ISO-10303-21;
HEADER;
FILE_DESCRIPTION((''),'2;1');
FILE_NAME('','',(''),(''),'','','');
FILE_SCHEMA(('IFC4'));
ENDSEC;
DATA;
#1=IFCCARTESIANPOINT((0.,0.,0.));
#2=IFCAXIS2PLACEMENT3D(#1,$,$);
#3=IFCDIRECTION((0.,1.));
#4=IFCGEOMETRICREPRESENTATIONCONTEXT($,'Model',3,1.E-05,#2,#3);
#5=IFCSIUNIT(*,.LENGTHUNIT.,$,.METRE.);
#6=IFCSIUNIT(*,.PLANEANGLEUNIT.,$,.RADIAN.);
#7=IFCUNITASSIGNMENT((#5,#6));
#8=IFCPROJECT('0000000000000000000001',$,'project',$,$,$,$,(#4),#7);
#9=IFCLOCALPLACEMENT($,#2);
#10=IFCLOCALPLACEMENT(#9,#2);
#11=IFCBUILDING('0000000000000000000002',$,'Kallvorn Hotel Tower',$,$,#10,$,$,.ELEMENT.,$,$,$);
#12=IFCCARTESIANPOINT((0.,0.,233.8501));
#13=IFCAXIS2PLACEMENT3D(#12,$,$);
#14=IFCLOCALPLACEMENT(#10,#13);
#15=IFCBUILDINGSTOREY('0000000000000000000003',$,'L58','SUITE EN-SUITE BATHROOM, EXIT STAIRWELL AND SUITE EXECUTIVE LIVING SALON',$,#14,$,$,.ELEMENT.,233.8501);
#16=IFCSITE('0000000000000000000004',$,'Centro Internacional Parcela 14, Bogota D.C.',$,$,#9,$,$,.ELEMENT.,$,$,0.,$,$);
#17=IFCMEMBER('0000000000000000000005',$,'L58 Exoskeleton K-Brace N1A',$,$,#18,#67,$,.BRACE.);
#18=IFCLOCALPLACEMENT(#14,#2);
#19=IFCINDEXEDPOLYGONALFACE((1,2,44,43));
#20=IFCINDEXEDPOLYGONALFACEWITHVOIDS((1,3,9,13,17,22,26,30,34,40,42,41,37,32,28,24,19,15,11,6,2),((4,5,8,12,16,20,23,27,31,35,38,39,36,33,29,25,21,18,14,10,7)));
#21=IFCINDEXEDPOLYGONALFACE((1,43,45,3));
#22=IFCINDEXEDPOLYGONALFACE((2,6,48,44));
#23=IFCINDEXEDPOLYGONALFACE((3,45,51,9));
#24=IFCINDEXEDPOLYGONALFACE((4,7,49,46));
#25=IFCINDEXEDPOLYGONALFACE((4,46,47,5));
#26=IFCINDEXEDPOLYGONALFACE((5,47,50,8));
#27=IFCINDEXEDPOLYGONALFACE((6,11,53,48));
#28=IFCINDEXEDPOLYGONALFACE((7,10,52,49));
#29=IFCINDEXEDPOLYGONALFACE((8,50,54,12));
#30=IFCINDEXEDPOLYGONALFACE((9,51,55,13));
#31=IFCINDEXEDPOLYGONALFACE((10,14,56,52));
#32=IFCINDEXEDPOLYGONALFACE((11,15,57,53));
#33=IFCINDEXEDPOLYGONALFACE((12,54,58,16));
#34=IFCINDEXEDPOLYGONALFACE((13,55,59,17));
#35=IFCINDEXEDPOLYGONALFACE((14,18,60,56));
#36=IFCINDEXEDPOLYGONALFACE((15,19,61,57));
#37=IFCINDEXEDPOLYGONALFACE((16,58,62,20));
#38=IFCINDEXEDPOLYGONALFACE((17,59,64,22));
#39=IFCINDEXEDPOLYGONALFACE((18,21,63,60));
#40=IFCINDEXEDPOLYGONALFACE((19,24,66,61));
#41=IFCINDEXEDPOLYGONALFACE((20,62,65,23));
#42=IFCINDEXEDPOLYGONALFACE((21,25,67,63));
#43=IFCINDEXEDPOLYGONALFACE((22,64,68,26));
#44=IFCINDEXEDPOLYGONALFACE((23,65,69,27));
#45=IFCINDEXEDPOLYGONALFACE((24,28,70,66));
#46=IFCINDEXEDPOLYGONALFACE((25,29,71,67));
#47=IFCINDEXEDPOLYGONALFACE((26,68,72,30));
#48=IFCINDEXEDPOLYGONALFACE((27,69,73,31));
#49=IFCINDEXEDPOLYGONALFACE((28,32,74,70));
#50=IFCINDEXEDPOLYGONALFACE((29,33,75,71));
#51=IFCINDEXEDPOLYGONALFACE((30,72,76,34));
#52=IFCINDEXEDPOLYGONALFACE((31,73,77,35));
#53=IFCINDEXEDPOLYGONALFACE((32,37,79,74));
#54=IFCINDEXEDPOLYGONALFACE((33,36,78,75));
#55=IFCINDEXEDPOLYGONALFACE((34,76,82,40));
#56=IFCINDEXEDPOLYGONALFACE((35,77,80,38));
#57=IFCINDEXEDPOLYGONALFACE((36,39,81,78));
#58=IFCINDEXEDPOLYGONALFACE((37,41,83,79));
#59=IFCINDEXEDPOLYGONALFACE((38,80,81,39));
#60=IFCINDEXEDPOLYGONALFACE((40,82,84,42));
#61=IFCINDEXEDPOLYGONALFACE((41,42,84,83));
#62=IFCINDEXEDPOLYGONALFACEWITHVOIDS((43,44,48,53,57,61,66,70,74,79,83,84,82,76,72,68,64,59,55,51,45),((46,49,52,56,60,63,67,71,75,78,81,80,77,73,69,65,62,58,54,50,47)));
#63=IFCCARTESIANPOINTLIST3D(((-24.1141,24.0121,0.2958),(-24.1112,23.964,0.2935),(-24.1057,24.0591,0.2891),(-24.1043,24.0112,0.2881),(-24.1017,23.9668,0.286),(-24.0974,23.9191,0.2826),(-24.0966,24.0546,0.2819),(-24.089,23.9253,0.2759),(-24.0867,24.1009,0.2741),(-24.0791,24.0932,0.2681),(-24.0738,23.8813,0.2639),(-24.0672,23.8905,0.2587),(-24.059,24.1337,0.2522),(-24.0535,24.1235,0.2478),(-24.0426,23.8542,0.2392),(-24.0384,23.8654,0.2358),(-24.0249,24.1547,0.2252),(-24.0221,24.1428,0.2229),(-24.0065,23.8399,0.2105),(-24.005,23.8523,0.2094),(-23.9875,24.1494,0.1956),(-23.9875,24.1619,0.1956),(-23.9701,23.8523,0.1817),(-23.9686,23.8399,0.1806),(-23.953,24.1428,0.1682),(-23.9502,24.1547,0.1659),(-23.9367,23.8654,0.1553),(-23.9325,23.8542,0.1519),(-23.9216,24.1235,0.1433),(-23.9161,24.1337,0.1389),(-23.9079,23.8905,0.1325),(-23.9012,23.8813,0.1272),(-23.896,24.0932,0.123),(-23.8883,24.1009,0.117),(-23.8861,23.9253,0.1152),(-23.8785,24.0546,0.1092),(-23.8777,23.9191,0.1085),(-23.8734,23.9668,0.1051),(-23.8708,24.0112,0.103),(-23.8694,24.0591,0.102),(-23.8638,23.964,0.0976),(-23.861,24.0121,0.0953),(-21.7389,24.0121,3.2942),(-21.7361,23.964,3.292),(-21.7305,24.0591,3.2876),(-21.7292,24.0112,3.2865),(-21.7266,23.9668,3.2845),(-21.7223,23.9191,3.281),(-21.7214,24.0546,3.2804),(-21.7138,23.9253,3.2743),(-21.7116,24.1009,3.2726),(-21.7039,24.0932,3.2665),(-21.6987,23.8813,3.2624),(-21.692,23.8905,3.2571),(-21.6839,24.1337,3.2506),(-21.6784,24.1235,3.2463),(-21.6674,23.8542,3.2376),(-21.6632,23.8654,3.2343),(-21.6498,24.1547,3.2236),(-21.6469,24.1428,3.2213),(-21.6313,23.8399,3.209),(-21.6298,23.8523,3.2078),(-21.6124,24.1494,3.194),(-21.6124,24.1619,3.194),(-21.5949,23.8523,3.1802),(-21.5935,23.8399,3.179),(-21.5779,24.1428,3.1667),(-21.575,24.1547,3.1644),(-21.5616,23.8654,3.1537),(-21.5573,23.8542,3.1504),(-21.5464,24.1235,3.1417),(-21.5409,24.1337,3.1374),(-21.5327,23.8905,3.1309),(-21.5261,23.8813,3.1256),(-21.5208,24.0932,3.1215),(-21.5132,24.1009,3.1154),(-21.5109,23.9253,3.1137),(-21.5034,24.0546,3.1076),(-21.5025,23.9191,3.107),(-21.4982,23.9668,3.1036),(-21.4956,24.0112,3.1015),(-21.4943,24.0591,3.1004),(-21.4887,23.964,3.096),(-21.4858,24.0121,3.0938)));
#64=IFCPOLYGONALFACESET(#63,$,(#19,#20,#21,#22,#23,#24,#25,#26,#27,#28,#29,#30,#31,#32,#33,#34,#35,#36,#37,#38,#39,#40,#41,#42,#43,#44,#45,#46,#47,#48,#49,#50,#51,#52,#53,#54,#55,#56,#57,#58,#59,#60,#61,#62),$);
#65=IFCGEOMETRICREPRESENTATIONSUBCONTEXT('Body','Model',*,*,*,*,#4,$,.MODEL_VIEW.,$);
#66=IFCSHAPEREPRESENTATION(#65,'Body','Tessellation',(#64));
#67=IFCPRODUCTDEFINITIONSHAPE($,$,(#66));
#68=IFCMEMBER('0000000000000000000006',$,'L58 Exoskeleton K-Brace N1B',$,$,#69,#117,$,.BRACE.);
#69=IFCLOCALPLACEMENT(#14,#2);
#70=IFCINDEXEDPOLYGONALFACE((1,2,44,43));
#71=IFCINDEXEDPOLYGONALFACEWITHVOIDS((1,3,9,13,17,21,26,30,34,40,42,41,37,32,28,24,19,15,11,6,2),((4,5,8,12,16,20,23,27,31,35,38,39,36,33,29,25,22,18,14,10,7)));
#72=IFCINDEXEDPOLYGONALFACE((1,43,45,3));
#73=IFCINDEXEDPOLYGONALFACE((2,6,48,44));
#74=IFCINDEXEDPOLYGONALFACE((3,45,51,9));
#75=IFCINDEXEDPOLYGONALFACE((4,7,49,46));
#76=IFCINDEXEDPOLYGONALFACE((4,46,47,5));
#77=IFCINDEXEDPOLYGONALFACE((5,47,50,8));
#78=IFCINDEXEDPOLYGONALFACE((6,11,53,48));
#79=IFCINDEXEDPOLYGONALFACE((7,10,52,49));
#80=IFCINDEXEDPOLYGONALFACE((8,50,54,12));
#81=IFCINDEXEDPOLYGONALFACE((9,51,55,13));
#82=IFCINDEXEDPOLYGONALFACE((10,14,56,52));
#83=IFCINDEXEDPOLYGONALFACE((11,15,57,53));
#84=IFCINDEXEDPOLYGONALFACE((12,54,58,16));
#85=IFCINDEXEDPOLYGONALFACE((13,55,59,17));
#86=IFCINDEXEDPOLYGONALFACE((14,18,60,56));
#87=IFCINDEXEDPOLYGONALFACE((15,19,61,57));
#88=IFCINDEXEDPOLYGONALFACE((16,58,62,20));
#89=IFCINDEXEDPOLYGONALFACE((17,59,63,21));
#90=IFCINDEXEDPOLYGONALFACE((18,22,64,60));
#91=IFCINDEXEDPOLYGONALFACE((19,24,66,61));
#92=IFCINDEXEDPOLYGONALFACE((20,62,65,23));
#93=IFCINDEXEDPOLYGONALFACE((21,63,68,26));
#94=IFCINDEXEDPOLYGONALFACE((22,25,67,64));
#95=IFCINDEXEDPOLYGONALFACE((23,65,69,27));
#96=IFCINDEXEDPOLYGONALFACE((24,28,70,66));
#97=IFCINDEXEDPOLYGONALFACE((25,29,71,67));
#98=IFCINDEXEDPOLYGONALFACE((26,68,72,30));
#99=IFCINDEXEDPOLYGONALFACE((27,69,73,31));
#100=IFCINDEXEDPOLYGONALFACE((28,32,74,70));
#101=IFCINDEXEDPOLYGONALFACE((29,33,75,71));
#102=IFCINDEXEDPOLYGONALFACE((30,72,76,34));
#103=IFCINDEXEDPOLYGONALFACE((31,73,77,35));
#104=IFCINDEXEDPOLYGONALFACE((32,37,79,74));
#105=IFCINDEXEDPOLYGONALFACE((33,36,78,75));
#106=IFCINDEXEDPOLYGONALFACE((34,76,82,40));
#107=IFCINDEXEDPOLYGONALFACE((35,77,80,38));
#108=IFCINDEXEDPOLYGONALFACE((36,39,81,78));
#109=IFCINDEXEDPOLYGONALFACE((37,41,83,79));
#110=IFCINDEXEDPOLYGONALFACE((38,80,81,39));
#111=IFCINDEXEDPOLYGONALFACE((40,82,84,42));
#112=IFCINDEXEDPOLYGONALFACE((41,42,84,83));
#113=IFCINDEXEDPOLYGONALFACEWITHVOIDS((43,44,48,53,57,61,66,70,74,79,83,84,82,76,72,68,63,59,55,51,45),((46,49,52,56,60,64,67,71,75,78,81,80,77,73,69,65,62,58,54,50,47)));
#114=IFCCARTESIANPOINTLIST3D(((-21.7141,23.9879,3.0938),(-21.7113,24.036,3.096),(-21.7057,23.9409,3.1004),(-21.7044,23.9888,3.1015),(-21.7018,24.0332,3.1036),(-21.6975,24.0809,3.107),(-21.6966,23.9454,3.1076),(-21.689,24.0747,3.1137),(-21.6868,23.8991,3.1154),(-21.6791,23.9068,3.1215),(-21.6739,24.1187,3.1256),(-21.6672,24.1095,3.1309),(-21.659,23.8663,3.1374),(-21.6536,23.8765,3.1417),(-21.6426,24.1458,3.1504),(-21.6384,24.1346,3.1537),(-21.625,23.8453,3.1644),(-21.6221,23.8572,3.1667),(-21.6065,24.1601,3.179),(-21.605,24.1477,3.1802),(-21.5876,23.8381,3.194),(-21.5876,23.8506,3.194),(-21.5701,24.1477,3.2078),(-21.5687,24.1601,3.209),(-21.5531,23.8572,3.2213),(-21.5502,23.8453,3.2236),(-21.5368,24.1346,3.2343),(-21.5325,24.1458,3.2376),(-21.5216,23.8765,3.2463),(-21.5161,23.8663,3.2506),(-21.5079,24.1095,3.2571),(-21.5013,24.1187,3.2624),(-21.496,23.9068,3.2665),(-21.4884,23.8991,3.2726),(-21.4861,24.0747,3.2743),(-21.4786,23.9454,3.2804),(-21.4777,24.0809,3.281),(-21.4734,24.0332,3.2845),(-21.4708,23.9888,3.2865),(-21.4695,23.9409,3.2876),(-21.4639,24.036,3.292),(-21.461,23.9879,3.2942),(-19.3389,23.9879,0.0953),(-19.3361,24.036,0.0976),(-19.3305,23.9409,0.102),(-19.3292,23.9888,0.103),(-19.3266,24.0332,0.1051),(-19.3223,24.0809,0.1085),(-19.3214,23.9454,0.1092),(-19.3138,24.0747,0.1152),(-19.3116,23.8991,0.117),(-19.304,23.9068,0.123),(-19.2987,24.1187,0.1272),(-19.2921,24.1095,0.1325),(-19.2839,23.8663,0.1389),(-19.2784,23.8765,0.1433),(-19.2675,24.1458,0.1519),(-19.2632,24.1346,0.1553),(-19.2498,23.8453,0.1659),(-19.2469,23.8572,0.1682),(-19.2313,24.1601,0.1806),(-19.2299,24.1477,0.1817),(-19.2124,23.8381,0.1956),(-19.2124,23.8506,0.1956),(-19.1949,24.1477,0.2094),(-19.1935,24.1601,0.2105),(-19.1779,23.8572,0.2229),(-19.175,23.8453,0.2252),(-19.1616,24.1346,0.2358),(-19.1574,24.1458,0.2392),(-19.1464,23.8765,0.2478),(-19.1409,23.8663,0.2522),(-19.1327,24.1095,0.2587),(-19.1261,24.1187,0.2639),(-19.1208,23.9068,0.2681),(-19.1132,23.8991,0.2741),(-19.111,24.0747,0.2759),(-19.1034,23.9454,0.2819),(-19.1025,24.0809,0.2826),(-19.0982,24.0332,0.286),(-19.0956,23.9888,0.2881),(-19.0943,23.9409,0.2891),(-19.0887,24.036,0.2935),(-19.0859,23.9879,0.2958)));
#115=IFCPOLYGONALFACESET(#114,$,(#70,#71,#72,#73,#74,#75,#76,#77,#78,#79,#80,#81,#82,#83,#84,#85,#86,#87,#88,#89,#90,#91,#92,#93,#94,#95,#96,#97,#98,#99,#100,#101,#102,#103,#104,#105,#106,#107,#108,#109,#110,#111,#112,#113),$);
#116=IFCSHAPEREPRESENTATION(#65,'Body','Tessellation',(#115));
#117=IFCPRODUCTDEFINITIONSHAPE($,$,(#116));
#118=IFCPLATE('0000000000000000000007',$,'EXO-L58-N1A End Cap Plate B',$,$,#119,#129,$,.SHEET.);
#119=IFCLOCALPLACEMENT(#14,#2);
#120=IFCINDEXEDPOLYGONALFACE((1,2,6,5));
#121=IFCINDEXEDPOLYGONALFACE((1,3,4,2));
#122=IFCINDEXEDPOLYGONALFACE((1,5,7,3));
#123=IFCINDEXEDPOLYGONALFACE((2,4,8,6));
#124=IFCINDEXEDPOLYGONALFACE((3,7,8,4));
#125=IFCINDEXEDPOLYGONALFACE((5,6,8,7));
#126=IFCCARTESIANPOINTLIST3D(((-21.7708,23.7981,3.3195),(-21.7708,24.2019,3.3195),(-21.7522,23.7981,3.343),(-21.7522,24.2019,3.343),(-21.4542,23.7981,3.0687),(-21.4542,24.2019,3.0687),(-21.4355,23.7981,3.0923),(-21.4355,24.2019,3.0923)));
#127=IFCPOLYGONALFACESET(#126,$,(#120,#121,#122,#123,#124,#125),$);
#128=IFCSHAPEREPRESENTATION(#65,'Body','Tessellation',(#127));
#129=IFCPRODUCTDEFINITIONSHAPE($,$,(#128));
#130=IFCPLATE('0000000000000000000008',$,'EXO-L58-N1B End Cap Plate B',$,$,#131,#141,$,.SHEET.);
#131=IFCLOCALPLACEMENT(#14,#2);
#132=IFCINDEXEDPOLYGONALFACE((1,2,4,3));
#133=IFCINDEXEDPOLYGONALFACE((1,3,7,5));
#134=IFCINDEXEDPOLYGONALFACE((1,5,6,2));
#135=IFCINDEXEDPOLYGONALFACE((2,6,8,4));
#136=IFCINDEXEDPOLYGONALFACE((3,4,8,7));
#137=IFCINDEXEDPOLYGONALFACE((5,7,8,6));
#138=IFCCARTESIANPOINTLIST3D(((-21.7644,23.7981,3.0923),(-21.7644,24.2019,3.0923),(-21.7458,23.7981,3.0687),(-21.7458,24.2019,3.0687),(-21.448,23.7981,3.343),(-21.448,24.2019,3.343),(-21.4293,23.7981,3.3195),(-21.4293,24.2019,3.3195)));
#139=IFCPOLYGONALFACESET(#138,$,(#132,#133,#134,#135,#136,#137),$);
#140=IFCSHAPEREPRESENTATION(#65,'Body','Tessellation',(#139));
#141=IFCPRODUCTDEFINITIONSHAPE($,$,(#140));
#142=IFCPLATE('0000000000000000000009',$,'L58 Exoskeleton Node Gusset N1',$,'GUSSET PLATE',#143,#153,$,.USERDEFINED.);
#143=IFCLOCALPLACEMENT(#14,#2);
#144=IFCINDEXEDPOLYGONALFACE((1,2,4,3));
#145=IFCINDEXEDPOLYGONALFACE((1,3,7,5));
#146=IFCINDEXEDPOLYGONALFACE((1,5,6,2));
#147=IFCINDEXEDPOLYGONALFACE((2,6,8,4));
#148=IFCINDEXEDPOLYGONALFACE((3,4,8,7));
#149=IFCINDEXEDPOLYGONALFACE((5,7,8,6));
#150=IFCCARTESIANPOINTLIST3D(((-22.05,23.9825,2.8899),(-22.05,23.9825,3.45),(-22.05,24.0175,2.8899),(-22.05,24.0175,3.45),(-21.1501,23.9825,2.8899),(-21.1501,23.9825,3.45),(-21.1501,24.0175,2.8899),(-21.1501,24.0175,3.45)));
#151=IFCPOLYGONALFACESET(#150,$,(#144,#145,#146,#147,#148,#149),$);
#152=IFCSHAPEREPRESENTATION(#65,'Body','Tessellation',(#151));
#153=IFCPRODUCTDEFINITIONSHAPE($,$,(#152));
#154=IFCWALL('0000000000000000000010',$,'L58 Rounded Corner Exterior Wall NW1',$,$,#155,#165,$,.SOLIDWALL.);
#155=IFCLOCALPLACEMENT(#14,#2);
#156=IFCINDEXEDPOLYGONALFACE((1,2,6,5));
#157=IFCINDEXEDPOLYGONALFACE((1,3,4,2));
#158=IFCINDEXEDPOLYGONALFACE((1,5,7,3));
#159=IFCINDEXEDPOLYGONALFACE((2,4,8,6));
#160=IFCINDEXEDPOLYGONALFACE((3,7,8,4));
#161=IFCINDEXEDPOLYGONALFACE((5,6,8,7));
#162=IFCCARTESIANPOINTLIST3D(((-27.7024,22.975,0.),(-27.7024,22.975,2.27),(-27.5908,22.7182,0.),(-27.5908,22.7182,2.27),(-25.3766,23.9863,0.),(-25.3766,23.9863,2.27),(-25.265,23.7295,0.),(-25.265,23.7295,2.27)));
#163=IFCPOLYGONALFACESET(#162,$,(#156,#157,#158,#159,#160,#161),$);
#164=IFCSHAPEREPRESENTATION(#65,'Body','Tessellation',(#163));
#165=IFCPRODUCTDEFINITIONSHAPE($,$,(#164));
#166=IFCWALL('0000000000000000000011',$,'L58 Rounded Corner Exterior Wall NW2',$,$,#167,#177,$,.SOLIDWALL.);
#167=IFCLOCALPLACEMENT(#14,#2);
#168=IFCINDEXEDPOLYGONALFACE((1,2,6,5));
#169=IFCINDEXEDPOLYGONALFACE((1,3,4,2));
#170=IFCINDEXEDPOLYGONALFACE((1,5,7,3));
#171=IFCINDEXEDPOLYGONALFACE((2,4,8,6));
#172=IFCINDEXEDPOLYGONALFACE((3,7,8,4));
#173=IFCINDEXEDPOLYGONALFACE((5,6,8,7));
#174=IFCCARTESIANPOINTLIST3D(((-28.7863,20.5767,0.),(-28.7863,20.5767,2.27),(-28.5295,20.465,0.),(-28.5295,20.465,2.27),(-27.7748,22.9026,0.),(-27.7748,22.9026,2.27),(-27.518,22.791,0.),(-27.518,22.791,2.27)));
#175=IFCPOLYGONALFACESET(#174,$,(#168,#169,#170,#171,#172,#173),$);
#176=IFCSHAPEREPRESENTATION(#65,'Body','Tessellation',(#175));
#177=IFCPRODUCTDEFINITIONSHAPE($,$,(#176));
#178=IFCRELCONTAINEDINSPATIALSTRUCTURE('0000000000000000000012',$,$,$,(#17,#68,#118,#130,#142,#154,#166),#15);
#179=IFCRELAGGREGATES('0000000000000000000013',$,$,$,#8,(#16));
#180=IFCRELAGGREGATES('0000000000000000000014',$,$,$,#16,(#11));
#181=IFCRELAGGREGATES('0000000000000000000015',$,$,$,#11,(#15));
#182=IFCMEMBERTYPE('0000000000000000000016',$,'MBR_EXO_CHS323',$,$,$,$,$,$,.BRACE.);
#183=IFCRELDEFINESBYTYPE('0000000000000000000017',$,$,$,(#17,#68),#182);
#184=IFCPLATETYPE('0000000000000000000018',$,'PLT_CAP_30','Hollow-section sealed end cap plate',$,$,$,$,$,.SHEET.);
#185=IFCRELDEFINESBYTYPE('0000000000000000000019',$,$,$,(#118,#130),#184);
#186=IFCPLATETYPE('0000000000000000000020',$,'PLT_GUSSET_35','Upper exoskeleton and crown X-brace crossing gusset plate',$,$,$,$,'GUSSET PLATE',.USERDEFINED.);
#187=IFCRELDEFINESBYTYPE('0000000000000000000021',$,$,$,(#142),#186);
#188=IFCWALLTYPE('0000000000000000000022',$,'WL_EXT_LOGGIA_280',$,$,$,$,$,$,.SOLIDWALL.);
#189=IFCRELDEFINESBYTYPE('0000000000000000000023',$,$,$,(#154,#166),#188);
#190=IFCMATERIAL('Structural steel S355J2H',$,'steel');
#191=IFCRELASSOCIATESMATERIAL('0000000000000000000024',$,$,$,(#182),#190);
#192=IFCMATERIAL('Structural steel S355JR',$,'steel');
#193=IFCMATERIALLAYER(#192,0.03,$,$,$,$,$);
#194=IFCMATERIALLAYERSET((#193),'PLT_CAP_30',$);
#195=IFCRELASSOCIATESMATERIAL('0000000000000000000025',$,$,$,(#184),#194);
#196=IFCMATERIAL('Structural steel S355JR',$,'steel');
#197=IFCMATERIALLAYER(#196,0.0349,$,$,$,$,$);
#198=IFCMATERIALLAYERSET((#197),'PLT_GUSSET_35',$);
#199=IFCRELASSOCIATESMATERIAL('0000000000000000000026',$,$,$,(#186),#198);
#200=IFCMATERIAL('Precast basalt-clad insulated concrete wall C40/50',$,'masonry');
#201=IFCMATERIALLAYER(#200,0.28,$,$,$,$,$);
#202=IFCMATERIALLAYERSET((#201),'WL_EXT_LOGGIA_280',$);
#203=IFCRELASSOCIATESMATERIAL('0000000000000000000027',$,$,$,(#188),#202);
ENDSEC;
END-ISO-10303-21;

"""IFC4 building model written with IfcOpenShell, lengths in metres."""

from ifc_helpers import new_model, si_unit, direction, frame, frame_2d, origin, origin_2d, place, context, subcontext, project, spatial, polyline, rectangle, hollow_circle, outline, extrude, material, layer, layer_set, material_profile, profile_set, type_object, element, save


model = new_model("IFC4")

# Units and contexts
model_context = context("Model", 3, precision=1e-05, world=origin(), true_north=direction((0.0, 1.0)))
body_context = subcontext(model_context, "Body", "Model", "MODEL_VIEW")
ifc_project = project(units=[si_unit("LENGTHUNIT", "METRE"), si_unit("PLANEANGLEUNIT", "RADIAN")], contexts=[model_context])

# Site, building, storey
site_placement = place(None, origin())
site = spatial("IfcSite", under=ifc_project, at=site_placement, Name="Centro Internacional Parcela 14, Bogota D.C.", CompositionType="ELEMENT", RefElevation=0.0)
building_placement = place(site_placement, origin())
building = spatial("IfcBuilding", under=site, at=building_placement, Name="Kallvorn Hotel Tower", CompositionType="ELEMENT")
storey_placement = place(building_placement, frame((0.0, 0.0, 233.8501)))
storey = spatial("IfcBuildingStorey", under=building, at=storey_placement, Name="L58", Description="SUITE EN-SUITE BATHROOM, EXIT STAIRWELL AND SUITE EXECUTIVE LIVING SALON", CompositionType="ELEMENT", Elevation=233.8501)

# Members
ifc_material_1 = material(Name="Structural steel S355J2H", Category="steel")
ifc_material_profile_1 = material_profile(ifc_material_1, hollow_circle(Radius=0.1619, WallThickness=0.0125, at=origin_2d()), Name="CHS 323.9x12.5")
ifc_profile_set_1 = profile_set([ifc_material_profile_1], Name="Structural steel S355J2H")
member_type_1 = type_object("IfcMemberType", Name="MBR_EXO_CHS323", PredefinedType="BRACE", material=ifc_profile_set_1)
for number, where, z_axis, x_axis, name in (
    (1, (-23.9875, 24.0, 0.1956), (0.620929, 0.0, 0.783867), (0.0, 1.0, 0.0), "L58 Exoskeleton K-Brace N1A"),
    (2, (-19.2124, 24.0, 0.1956), (-0.620929, 0.0, 0.783867), (0.0, -1.0, 0.0), "L58 Exoskeleton K-Brace N1B"),
):
    element("IfcMember", number, at=place(storey_placement, frame(where, z_axis=z_axis, x_axis=x_axis)), inside=storey, type_object=member_type_1, Name=name, PredefinedType="BRACE", context=body_context, shape_type="SweptSolid", body=[
        extrude(hollow_circle(Radius=0.1619, WallThickness=0.0125, at=origin_2d()), origin(), (0.0, 0.0, 1.0), 3.8252),
    ])

# Plates
ifc_material_2 = material(Name="Structural steel S355JR", Category="steel")
ifc_layer_1 = layer(ifc_material_2, 0.03)
ifc_layer_set_1 = layer_set([ifc_layer_1], Name="PLT_CAP_30")
plate_type_1 = type_object("IfcPlateType", Name="PLT_CAP_30", Description="Hollow-section sealed end cap plate", PredefinedType="SHEET", material=ifc_layer_set_1)
plate_1_placement = place(storey_placement, frame((-21.4355, 23.7981, 3.0923), z_axis=(0.62078, 0.0, 0.783985), x_axis=(0.0, 1.0, 0.0)))
element("IfcPlate", 3, at=plate_1_placement, inside=storey, type_object=plate_type_1, Name="EXO-L58-N1A End Cap Plate B", PredefinedType="SHEET", context=body_context, shape_type="SweptSolid", body=[
    extrude(outline(polyline([(0.0, 0.0), (0.4038, 0.0), (0.4038, 0.4039), (0.0, 0.4039), (0.0, 0.0)])), origin(), (0.0, 0.0, -1.0), 0.03),
])
plate_2_placement = place(storey_placement, frame((-21.7644, 24.2019, 3.0923), z_axis=(-0.621075, 0.0, 0.783751), x_axis=(0.0, -1.0, 0.0)))
element("IfcPlate", 4, at=plate_2_placement, inside=storey, type_object=plate_type_1, Name="EXO-L58-N1B End Cap Plate B", PredefinedType="SHEET", context=body_context, shape_type="SweptSolid", body=[
    extrude(outline(polyline([(0.0, 0.0), (0.4038, 0.0), (0.4038, 0.4037), (0.0, 0.4037), (0.0, 0.0)])), origin(), (0.0, 0.0, -1.0), 0.03),
])
ifc_material_3 = material(Name="Structural steel S355JR", Category="steel")
ifc_layer_2 = layer(ifc_material_3, 0.0349)
ifc_layer_set_2 = layer_set([ifc_layer_2], Name="PLT_GUSSET_35")
plate_type_2 = type_object("IfcPlateType", Name="PLT_GUSSET_35", Description="Upper exoskeleton and crown X-brace crossing gusset plate", ElementType="GUSSET PLATE", PredefinedType="USERDEFINED", material=ifc_layer_set_2)
plate_3_placement = place(storey_placement, frame((-21.6001, 24.0, 2.8899), z_axis=(0.0, 0.0, 1.0), x_axis=(1.0, 0.0, 0.0)))
element("IfcPlate", 5, at=plate_3_placement, inside=storey, type_object=plate_type_2, Name="L58 Exoskeleton Node Gusset N1", ObjectType="GUSSET PLATE", PredefinedType="USERDEFINED", context=body_context, shape_type="SweptSolid", body=[
    extrude(rectangle(XDim=0.8999, YDim=0.0349, at=origin_2d()), origin(), (0.0, 0.0, 1.0), 0.5601),
])

# Walls
ifc_material_4 = material(Name="Precast basalt-clad insulated concrete wall C40/50", Category="masonry")
ifc_layer_3 = layer(ifc_material_4, 0.28)
ifc_layer_set_3 = layer_set([ifc_layer_3], Name="WL_EXT_LOGGIA_280")
wall_type = type_object("IfcWallType", Name="WL_EXT_LOGGIA_280", PredefinedType="SOLIDWALL", material=ifc_layer_set_3)
wall_1_placement = place(storey_placement, frame((-25.3208, 23.8579, 0.0), z_axis=(0.0, 0.0, 1.0), x_axis=(-0.917061, -0.398747, 0.0)))
element("IfcWall", 6, at=wall_1_placement, inside=storey, type_object=wall_type, Name="L58 Rounded Corner Exterior Wall NW1", PredefinedType="SOLIDWALL", context=body_context, shape_type="SweptSolid", body=[
    extrude(rectangle(XDim=2.5361, YDim=0.28, at=frame_2d((1.2681, 0.0))), origin(), (0.0, 0.0, 1.0), 2.27),
])
wall_2_placement = place(storey_placement, frame((-27.6465, 22.8467, 0.0), z_axis=(0.0, 0.0, 1.0), x_axis=(-0.398793, -0.917041, 0.0)))
element("IfcWall", 7, at=wall_2_placement, inside=storey, type_object=wall_type, Name="L58 Rounded Corner Exterior Wall NW2", PredefinedType="SOLIDWALL", context=body_context, shape_type="SweptSolid", body=[
    extrude(rectangle(XDim=2.5364, YDim=0.28, at=frame_2d((1.2681, 0.0))), origin(), (0.0, 0.0, 1.0), 2.27),
])

save(model, "model.ifc")
